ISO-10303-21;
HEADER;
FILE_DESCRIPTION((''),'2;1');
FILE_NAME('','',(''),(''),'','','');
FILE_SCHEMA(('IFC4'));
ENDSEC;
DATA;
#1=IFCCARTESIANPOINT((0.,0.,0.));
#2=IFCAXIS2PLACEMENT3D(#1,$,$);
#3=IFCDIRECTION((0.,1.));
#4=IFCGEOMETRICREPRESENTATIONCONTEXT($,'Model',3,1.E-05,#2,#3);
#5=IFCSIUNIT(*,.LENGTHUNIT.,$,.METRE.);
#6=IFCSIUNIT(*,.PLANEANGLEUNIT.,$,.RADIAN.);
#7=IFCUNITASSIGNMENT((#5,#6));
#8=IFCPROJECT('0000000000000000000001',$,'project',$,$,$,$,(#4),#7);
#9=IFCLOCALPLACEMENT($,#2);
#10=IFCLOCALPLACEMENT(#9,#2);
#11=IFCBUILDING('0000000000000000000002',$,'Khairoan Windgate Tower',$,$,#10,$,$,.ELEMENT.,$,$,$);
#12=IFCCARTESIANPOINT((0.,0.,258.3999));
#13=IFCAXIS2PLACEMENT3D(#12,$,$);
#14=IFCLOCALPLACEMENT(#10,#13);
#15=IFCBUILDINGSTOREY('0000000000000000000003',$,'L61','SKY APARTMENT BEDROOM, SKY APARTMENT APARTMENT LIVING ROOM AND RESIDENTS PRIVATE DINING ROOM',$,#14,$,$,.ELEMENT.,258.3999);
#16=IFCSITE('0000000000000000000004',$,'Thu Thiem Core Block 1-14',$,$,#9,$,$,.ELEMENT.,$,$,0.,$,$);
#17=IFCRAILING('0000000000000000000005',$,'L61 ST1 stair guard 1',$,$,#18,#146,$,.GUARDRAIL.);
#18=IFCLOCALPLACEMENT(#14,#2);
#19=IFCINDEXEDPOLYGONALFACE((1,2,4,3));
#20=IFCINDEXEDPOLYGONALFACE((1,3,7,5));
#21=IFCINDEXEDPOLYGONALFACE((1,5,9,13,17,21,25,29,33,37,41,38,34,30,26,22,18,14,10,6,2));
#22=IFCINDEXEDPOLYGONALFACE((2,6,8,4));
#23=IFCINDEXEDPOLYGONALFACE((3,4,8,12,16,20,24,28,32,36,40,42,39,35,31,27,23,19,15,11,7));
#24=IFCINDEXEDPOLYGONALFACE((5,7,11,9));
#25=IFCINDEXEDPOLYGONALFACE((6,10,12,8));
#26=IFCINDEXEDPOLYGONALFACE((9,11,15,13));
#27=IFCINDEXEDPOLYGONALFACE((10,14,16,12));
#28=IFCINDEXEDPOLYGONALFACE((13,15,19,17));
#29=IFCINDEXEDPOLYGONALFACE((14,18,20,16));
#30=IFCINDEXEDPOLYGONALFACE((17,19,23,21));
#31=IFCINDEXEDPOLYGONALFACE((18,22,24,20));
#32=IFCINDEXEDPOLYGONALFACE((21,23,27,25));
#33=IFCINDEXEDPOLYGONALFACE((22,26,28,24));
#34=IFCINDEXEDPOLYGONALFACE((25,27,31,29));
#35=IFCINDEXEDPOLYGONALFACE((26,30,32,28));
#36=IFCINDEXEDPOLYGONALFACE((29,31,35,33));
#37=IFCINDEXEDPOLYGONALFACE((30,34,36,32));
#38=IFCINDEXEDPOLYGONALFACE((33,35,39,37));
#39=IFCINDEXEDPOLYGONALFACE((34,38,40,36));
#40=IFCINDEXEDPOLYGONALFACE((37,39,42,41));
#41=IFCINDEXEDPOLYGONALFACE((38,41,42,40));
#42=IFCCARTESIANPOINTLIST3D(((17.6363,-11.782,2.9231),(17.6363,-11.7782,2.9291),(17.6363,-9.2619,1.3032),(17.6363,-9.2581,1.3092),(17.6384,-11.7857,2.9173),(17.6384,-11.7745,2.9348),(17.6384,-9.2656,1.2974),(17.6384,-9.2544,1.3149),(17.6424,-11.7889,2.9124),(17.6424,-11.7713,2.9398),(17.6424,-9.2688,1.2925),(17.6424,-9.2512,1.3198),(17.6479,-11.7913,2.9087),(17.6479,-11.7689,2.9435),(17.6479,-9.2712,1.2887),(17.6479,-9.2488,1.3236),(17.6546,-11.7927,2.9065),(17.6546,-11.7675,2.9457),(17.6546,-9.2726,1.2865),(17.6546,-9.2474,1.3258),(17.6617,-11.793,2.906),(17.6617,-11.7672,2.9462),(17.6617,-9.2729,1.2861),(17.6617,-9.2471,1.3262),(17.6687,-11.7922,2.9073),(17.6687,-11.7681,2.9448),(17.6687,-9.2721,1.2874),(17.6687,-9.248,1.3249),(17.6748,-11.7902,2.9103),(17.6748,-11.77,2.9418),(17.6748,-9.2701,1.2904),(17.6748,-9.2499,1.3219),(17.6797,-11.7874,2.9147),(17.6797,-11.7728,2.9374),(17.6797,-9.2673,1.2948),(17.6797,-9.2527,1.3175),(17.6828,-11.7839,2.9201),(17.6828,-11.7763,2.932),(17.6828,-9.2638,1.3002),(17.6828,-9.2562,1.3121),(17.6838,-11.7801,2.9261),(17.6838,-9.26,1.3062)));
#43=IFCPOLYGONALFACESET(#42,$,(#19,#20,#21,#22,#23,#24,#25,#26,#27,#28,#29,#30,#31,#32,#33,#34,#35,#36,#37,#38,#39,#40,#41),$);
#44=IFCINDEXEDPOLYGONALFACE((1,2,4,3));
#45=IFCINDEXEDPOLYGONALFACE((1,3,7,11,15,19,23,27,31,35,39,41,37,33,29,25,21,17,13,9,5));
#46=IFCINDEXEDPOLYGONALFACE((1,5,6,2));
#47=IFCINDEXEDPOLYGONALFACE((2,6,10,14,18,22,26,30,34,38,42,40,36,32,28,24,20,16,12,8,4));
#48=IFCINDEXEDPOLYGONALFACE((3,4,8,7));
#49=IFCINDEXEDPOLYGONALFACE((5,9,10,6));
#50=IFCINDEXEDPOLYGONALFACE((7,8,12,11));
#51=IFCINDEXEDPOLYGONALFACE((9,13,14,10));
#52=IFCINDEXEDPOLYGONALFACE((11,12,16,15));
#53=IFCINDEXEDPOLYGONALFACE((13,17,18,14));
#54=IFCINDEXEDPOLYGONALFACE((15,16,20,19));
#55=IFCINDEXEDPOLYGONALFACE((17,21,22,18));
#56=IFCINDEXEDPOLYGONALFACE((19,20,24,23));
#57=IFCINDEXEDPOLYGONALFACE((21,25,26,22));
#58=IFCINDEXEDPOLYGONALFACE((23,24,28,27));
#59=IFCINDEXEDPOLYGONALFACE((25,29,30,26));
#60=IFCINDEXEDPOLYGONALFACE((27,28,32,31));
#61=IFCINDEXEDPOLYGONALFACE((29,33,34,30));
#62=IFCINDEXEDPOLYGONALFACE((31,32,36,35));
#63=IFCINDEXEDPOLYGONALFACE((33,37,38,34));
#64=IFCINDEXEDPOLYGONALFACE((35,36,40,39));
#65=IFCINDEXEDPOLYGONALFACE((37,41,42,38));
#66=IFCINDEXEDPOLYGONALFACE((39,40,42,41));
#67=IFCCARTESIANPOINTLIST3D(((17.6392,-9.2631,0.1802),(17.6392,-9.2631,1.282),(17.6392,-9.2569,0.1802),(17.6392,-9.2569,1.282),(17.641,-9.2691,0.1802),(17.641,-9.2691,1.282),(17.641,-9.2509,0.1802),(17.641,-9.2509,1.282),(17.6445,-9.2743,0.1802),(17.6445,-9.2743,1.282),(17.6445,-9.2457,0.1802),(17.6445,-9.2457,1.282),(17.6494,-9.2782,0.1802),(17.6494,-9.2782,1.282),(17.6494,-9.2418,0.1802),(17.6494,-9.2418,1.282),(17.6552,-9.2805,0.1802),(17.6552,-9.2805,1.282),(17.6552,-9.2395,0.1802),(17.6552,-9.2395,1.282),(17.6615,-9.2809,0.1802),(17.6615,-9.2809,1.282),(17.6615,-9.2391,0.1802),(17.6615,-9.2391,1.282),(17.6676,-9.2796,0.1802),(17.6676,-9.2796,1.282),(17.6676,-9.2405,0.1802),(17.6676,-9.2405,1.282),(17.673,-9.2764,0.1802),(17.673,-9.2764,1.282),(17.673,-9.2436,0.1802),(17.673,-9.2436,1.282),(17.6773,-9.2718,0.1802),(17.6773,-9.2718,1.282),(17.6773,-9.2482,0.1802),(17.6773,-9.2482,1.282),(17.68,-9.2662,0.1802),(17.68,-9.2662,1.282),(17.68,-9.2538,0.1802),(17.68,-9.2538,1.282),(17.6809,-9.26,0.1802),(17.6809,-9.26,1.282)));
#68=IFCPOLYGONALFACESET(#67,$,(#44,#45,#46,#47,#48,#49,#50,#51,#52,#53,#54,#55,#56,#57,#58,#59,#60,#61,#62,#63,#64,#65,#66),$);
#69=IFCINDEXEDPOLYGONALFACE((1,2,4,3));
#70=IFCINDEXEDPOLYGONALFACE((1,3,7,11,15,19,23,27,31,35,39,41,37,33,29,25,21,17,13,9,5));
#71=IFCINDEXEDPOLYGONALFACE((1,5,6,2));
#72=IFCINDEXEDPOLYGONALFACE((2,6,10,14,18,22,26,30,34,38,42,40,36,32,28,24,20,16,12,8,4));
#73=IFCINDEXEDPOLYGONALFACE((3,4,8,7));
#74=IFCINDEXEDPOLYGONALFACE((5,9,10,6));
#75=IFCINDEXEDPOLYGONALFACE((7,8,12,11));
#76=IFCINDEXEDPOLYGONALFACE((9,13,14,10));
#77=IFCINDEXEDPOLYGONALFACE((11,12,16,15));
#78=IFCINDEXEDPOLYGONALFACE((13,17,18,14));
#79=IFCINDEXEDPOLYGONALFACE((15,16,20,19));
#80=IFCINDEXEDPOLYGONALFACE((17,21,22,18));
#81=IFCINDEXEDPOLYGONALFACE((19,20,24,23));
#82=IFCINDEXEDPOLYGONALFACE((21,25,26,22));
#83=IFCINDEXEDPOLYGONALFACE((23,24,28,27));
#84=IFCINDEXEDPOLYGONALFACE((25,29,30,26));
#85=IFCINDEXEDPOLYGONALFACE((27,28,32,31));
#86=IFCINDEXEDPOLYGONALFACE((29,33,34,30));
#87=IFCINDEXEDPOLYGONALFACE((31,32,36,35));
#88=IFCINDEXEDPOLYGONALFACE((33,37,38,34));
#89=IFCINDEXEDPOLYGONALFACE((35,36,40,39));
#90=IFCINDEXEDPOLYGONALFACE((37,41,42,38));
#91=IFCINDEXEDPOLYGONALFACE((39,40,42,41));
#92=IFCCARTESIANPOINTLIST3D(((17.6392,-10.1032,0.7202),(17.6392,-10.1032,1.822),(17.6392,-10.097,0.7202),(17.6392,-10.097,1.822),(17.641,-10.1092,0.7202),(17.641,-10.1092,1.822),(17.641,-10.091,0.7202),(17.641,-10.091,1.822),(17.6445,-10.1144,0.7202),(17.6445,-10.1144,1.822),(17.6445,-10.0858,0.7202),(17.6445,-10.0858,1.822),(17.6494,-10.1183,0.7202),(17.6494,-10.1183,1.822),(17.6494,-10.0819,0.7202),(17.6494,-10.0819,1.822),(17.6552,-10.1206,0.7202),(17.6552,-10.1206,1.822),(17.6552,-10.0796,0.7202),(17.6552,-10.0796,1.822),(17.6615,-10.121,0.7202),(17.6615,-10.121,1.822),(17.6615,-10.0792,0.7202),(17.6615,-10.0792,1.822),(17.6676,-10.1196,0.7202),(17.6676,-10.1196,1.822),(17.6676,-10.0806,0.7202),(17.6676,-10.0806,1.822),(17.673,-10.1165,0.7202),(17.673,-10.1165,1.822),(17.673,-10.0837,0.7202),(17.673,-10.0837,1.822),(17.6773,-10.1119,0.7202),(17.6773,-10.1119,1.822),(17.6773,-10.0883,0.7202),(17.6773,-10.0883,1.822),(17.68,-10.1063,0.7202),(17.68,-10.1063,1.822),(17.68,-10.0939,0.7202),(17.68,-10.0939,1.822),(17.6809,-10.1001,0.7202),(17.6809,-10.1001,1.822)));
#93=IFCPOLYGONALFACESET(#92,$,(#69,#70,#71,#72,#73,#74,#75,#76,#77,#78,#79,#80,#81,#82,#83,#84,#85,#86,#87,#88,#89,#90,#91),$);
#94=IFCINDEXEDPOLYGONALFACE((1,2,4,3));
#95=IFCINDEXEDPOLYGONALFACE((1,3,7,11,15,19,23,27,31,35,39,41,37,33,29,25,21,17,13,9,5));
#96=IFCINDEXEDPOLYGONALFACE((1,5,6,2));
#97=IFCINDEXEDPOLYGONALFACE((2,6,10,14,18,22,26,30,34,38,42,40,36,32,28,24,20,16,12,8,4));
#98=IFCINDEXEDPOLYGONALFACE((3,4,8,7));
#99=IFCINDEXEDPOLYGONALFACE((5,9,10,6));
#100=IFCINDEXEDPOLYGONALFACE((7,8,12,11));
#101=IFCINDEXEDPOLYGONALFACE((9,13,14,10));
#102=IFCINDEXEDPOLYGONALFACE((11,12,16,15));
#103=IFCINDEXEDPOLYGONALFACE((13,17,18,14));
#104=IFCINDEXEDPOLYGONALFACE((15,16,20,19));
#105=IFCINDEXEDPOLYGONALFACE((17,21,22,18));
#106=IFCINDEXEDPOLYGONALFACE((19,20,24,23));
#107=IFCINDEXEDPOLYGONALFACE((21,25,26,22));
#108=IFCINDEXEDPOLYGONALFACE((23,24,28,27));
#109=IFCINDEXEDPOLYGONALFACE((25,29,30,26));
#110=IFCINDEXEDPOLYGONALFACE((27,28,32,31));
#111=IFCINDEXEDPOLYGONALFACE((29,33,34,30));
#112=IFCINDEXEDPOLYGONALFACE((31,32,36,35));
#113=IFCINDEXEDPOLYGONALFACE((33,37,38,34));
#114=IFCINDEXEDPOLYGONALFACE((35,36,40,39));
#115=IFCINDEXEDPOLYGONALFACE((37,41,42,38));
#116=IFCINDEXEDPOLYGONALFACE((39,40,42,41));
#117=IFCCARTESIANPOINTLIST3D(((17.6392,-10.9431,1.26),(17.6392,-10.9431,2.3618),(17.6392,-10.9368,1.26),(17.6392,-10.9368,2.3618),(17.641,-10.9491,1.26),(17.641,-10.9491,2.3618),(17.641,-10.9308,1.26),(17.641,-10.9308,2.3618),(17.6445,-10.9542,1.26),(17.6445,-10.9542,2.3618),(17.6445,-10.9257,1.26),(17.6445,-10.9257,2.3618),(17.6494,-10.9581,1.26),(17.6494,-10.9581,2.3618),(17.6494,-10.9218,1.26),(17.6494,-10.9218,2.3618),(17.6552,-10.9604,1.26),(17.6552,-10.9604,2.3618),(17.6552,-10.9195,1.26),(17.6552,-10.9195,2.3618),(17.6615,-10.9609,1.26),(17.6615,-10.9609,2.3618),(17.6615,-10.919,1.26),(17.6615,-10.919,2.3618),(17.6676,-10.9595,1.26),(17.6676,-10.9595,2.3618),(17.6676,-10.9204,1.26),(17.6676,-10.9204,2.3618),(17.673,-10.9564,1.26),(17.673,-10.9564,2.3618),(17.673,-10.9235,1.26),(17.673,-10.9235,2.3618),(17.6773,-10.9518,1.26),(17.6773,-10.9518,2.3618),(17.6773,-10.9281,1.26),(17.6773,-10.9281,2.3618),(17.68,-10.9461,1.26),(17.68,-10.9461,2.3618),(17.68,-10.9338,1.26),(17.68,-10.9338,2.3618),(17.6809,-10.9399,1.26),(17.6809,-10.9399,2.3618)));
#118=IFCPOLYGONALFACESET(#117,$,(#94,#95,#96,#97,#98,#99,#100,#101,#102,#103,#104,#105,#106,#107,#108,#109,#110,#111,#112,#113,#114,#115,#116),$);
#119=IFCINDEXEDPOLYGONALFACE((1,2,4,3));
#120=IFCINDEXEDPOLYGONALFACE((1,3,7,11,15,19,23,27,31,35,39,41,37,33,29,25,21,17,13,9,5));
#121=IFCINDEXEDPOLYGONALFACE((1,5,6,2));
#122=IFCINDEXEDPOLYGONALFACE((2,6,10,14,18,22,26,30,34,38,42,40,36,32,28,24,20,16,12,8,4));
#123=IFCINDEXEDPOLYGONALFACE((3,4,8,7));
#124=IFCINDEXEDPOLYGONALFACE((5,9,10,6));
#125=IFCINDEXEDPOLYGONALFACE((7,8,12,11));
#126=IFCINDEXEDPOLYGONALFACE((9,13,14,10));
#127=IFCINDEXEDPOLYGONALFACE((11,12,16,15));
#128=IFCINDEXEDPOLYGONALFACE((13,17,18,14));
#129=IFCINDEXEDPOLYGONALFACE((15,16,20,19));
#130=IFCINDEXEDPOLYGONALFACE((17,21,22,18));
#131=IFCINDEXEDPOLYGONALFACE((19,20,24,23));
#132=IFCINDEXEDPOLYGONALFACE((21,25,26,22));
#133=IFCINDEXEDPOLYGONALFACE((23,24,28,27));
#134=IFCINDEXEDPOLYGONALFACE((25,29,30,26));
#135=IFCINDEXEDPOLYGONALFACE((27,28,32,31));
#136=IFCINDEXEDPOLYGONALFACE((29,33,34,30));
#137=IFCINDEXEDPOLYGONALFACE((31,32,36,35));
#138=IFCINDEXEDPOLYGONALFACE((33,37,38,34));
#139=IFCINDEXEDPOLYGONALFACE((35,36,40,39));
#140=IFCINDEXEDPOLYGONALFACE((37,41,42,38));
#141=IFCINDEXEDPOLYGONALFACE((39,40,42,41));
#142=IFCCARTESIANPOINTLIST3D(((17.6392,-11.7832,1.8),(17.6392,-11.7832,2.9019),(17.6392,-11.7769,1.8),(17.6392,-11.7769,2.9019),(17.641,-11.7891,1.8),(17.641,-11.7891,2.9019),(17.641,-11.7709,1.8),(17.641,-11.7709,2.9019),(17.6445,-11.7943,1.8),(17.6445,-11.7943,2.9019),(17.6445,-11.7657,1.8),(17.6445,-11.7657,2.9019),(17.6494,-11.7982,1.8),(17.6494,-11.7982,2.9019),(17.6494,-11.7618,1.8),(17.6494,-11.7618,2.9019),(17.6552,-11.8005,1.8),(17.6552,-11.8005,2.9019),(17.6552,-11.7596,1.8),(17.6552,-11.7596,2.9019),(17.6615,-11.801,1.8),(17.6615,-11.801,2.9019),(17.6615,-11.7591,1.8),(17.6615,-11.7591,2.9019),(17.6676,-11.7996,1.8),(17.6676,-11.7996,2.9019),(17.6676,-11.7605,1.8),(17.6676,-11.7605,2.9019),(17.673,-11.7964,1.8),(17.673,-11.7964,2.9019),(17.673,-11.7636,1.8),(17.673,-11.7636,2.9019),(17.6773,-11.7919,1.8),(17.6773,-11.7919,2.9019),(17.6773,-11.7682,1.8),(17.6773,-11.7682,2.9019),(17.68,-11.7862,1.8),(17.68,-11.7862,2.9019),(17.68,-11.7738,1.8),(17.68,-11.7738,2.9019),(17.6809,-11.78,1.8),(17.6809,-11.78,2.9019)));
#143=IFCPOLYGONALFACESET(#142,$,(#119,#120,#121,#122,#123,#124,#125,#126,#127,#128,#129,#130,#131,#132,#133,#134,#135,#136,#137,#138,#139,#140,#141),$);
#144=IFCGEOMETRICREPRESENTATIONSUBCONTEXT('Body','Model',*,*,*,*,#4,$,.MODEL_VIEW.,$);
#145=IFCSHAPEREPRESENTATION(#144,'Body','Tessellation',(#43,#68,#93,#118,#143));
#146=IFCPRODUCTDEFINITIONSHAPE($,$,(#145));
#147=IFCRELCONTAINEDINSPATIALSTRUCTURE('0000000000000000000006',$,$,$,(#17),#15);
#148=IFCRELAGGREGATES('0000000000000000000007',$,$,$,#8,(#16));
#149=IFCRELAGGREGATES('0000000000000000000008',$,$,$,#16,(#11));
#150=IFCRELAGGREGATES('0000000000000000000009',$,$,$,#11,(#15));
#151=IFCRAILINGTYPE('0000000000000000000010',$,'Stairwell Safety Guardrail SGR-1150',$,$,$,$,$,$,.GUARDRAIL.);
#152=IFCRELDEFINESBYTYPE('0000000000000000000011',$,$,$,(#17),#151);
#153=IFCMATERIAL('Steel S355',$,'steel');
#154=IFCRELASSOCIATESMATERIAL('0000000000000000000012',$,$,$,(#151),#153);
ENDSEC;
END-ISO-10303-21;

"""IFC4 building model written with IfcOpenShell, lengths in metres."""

from ifc_helpers import new_model, si_unit, direction, frame, origin, origin_2d, place, context, subcontext, project, spatial, circle, extrude, material, type_object, element, save


model = new_model("IFC4")

# Units and contexts
model_context = context("Model", 3, precision=1e-05, world=origin(), true_north=direction((0.0, 1.0)))
body_context = subcontext(model_context, "Body", "Model", "MODEL_VIEW")
ifc_project = project(units=[si_unit("LENGTHUNIT", "METRE"), si_unit("PLANEANGLEUNIT", "RADIAN")], contexts=[model_context])

# Site, building, storey
site_placement = place(None, origin())
site = spatial("IfcSite", under=ifc_project, at=site_placement, Name="Thu Thiem Core Block 1-14", CompositionType="ELEMENT", RefElevation=0.0)
building_placement = place(site_placement, origin())
building = spatial("IfcBuilding", under=site, at=building_placement, Name="Khairoan Windgate Tower", CompositionType="ELEMENT")
storey_placement = place(building_placement, frame((0.0, 0.0, 258.3999)))
storey = spatial("IfcBuildingStorey", under=building, at=storey_placement, Name="L61", Description="SKY APARTMENT BEDROOM, SKY APARTMENT APARTMENT LIVING ROOM AND RESIDENTS PRIVATE DINING ROOM", CompositionType="ELEMENT", Elevation=258.3999)

# Railing
ifc_material_1 = material(Name="Steel S355", Category="steel")
railing_type_1 = type_object("IfcRailingType", Name="Stairwell Safety Guardrail SGR-1150", PredefinedType="GUARDRAIL", material=ifc_material_1)
railing_1_placement = place(storey_placement, frame((17.6599, -9.26, 0.1802)))
element("IfcRailing", 1, at=railing_1_placement, inside=storey, type_object=railing_type_1, Name="L61 ST1 stair guard 1", PredefinedType="GUARDRAIL", context=body_context, shape_type="SweptSolid", body=[
    extrude(circle(Radius=0.0239, at=origin_2d()), frame((0.0, 0.0, 1.126), z_axis=(0.0, -0.8412, 0.540725), x_axis=(1.0, 0.0, 0.0)), (0.0, 0.0, 1.0), 2.9958),
    extrude(circle(Radius=0.021, at=origin_2d()), origin(), (0.0, 0.0, 1.0), 1.1018),
    extrude(circle(Radius=0.021, at=origin_2d()), frame((0.0, -0.8401, 0.54)), (0.0, 0.0, 1.0), 1.1018),
    extrude(circle(Radius=0.021, at=origin_2d()), frame((0.0, -1.6799, 1.0798)), (0.0, 0.0, 1.0), 1.1018),
    extrude(circle(Radius=0.021, at=origin_2d()), frame((0.0, -2.52, 1.6199)), (0.0, 0.0, 1.0), 1.1018),
])

save(model, "model.ifc")
